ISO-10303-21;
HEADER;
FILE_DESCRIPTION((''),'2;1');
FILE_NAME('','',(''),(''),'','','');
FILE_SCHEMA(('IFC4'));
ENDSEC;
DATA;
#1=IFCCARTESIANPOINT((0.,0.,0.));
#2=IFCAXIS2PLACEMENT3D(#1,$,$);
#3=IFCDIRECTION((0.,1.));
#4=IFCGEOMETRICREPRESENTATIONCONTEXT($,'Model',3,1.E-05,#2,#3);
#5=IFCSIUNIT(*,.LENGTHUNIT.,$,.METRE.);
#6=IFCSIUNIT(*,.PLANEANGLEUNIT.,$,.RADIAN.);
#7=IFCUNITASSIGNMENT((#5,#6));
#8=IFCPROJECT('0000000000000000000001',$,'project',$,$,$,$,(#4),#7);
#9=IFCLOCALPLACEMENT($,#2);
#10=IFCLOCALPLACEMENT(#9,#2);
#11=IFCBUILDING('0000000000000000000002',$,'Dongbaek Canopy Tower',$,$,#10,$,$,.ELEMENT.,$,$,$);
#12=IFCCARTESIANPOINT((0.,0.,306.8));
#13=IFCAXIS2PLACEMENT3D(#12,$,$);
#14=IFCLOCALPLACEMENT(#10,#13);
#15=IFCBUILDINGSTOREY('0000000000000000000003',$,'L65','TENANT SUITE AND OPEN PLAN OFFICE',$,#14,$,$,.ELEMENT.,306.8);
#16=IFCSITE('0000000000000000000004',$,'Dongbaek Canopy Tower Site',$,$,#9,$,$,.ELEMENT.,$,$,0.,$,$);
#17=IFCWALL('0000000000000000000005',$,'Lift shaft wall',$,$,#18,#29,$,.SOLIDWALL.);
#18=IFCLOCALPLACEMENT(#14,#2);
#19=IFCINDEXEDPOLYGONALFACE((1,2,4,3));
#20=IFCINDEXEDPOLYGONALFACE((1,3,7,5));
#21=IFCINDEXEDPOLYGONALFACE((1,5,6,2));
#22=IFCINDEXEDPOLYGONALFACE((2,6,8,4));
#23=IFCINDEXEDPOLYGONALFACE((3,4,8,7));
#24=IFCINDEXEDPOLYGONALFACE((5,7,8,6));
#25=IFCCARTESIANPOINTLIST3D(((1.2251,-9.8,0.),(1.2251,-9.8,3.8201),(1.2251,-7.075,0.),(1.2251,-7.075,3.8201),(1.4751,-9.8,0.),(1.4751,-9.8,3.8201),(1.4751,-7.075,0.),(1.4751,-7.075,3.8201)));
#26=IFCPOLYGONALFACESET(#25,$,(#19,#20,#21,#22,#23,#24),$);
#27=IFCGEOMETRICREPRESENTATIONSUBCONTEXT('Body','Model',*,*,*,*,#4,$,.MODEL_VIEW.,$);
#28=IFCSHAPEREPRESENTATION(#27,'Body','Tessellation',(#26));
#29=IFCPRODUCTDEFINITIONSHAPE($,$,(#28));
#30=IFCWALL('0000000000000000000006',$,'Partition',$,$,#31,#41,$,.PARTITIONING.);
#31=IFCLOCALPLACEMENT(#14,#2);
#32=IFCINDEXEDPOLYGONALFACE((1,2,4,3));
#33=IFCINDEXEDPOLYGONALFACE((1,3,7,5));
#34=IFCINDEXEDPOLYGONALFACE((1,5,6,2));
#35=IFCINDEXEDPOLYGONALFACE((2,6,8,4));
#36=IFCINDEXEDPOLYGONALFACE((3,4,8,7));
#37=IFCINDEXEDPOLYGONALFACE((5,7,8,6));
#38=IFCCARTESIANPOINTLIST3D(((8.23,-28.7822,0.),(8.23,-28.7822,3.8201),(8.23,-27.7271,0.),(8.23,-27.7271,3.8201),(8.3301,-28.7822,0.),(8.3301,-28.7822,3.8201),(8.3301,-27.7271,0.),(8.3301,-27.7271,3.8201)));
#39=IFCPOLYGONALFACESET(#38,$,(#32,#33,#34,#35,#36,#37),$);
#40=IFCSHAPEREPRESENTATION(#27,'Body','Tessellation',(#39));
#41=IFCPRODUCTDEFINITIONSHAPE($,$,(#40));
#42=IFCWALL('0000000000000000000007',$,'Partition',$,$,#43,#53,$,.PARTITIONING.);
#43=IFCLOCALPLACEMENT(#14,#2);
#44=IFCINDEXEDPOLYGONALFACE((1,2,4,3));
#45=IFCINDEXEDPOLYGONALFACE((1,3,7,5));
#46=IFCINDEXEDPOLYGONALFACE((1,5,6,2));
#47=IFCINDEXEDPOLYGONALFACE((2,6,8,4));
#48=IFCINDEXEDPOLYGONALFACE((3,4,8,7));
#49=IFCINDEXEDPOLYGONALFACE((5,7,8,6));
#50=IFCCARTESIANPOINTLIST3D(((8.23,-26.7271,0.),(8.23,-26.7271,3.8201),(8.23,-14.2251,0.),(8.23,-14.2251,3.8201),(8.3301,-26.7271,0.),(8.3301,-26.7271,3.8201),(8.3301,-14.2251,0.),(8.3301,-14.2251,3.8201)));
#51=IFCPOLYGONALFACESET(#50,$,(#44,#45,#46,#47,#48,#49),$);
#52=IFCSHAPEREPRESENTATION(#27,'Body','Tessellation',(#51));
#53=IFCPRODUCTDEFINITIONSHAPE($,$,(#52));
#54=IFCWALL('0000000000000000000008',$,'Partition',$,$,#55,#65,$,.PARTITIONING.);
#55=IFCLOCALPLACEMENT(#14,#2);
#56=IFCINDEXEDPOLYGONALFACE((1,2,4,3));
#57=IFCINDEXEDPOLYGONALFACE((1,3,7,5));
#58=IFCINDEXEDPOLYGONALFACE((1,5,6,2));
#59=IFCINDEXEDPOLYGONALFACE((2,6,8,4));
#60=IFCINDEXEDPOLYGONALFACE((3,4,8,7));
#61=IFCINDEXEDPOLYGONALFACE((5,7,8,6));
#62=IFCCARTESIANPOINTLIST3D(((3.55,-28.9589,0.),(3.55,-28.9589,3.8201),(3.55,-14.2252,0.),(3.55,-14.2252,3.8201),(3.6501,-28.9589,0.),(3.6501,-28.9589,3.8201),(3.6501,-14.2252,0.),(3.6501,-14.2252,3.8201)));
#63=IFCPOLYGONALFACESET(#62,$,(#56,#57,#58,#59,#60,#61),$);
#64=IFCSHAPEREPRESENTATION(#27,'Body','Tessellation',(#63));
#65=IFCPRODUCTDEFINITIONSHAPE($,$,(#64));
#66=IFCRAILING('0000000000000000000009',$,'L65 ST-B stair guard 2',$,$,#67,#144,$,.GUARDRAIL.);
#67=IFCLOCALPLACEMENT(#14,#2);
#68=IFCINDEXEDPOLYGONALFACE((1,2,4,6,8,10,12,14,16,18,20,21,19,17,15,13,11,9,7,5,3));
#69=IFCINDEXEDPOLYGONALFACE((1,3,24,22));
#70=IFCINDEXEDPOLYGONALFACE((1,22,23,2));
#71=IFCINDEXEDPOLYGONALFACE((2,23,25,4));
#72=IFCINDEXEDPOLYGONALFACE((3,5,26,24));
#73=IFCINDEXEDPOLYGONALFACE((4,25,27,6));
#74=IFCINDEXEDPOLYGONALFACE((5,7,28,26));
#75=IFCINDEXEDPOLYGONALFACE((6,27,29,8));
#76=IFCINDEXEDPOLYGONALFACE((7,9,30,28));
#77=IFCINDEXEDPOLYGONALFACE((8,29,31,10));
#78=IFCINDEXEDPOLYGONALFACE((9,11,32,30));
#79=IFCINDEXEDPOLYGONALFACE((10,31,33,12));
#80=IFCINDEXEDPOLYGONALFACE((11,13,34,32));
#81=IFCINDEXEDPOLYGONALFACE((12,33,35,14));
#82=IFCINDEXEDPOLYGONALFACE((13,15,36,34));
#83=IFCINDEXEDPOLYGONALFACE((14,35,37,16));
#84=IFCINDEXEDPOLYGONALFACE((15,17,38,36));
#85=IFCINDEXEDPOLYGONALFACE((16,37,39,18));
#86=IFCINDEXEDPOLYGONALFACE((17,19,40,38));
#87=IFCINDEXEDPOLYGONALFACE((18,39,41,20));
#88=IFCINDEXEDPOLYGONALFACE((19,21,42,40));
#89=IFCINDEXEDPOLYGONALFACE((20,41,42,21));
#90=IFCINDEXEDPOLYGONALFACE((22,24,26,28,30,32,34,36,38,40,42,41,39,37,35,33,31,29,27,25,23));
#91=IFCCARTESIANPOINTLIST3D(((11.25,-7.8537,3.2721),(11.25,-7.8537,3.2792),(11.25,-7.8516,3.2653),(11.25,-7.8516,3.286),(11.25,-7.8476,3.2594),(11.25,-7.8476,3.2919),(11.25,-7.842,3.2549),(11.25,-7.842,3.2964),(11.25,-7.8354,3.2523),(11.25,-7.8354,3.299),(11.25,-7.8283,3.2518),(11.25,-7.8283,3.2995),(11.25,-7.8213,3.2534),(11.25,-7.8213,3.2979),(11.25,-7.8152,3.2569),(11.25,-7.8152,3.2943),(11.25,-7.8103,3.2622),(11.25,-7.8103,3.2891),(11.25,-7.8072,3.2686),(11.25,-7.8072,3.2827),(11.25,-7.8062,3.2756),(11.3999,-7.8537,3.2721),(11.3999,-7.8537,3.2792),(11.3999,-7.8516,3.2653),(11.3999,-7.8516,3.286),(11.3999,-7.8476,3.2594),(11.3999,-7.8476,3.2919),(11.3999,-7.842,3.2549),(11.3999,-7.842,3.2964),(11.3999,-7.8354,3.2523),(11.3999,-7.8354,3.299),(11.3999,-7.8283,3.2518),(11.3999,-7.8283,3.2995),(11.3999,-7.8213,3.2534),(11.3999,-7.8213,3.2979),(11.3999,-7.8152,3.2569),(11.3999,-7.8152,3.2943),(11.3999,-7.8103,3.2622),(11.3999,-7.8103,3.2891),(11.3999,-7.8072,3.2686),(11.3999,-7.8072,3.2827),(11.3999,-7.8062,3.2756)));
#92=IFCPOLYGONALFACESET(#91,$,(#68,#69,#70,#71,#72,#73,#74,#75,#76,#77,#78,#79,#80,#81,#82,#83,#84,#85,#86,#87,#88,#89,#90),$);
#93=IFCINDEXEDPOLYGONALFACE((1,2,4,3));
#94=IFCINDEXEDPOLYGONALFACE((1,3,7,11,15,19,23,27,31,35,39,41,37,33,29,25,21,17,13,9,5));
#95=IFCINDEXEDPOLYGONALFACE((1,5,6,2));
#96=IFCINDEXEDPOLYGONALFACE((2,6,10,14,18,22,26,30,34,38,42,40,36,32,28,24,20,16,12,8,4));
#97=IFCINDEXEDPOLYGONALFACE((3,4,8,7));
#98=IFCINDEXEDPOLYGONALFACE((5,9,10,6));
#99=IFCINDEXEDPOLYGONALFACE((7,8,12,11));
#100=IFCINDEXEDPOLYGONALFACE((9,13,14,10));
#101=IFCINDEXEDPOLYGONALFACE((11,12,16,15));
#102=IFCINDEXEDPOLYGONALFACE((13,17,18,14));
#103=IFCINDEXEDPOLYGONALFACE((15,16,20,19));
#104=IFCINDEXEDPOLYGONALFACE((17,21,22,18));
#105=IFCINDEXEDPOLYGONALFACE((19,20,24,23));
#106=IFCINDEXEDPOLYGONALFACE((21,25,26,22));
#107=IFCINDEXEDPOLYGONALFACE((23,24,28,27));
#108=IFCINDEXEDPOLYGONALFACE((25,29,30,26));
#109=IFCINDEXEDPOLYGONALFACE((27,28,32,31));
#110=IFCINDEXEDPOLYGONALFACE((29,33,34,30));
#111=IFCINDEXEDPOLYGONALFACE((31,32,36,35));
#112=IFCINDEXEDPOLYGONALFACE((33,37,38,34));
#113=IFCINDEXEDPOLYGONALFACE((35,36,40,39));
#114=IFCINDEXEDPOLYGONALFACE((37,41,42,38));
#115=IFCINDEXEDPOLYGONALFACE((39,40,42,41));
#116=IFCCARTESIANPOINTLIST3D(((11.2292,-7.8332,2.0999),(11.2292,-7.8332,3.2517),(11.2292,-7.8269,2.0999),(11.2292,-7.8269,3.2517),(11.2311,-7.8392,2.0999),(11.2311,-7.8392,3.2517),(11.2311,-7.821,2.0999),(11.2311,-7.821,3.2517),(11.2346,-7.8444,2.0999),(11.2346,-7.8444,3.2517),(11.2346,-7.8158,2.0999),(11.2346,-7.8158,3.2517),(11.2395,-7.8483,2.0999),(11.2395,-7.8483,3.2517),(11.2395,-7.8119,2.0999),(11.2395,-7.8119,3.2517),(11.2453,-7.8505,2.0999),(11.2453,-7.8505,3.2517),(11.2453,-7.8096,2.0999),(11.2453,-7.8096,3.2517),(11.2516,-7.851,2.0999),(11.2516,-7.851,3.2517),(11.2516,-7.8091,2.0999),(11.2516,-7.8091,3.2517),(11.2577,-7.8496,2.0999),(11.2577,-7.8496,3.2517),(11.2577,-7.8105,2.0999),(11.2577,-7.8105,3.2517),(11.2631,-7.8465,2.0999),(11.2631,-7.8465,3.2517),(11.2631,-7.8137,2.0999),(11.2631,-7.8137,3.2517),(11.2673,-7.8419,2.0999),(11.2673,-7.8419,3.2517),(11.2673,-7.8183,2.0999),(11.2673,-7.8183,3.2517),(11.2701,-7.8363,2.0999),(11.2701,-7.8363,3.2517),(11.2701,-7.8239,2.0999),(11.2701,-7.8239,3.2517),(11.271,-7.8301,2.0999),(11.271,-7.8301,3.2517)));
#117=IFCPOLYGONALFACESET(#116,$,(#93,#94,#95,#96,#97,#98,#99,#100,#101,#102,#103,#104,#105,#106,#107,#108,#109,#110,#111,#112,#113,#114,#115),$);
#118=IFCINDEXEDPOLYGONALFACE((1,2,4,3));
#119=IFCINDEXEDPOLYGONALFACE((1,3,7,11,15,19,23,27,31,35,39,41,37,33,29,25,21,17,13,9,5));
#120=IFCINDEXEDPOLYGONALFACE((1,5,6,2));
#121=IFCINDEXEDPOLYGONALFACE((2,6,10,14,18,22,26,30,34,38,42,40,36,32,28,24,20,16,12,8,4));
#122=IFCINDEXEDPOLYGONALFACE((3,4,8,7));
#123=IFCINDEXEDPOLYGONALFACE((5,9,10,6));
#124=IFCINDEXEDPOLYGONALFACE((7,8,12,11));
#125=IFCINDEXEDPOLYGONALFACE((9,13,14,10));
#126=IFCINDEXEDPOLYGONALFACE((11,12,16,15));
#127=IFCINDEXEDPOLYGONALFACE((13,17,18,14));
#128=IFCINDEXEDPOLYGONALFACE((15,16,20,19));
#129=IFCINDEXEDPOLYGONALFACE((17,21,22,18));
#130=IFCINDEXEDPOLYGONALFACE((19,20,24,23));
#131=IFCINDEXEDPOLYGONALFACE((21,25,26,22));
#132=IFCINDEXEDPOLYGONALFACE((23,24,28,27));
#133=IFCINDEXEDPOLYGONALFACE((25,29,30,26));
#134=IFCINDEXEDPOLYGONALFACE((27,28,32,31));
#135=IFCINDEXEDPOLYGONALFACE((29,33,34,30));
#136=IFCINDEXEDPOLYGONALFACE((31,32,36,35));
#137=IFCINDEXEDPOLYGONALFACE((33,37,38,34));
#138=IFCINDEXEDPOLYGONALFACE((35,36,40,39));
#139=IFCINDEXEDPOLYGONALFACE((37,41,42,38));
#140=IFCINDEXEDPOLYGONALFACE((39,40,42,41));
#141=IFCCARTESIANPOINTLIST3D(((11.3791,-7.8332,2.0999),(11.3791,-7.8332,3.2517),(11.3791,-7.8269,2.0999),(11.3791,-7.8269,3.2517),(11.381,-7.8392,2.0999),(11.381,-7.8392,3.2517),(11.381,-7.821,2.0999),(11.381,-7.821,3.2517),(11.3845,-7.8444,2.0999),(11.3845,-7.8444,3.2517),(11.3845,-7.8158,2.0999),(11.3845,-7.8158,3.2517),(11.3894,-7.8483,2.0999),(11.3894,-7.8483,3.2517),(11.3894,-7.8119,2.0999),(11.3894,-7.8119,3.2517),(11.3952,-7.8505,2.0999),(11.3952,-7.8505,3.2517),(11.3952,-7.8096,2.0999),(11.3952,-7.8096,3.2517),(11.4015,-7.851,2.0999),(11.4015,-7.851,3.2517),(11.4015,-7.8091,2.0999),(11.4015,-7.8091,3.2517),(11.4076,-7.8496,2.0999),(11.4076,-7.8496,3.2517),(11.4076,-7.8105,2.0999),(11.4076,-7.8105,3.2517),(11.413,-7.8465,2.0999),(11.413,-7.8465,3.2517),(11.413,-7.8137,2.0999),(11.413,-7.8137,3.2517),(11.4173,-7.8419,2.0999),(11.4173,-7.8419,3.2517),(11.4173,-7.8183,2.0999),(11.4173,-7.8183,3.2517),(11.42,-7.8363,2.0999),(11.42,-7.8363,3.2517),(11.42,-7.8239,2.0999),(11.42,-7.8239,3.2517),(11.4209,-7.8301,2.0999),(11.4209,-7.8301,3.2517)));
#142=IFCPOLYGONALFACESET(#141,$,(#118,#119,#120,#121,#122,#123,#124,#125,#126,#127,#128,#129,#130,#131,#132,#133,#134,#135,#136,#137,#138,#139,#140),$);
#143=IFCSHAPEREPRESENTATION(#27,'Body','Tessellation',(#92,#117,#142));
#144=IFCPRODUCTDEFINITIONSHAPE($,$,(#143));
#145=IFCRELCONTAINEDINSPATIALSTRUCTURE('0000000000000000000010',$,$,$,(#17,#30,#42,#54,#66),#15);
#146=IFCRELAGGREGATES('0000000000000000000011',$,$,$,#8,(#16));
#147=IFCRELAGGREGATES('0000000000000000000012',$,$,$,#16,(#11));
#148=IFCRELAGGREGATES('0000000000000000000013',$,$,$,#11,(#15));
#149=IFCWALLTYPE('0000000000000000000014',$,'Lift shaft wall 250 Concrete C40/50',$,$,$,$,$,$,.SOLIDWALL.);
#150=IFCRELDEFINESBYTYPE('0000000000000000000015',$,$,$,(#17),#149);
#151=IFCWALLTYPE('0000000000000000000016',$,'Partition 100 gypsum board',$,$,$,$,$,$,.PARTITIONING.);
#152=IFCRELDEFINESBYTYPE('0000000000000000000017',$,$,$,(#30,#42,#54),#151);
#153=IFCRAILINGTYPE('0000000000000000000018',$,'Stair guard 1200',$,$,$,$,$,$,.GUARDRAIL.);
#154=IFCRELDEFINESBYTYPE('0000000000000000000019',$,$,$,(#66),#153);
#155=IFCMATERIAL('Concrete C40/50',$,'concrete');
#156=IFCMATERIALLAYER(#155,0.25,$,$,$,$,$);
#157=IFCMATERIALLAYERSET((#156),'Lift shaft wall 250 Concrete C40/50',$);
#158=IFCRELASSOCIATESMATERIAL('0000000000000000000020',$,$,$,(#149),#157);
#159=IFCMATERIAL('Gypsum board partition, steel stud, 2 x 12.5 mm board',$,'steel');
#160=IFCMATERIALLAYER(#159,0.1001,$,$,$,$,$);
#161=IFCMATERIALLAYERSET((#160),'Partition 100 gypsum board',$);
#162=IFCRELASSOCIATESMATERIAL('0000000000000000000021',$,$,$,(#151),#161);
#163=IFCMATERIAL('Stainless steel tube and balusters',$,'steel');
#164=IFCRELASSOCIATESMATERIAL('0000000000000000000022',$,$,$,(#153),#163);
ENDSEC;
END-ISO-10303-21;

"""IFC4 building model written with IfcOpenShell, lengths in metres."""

from ifc_helpers import new_model, si_unit, direction, frame, frame_2d, origin, origin_2d, place, context, subcontext, project, spatial, rectangle, circle, extrude, material, layer, layer_set, type_object, element, save


model = new_model("IFC4")

# Units and contexts
model_context = context("Model", 3, precision=1e-05, world=origin(), true_north=direction((0.0, 1.0)))
body_context = subcontext(model_context, "Body", "Model", "MODEL_VIEW")
ifc_project = project(units=[si_unit("LENGTHUNIT", "METRE"), si_unit("PLANEANGLEUNIT", "RADIAN")], contexts=[model_context])

# Site, building, storey
site_placement = place(None, origin())
site = spatial("IfcSite", under=ifc_project, at=site_placement, Name="Dongbaek Canopy Tower Site", CompositionType="ELEMENT", RefElevation=0.0)
building_placement = place(site_placement, origin())
building = spatial("IfcBuilding", under=site, at=building_placement, Name="Dongbaek Canopy Tower", CompositionType="ELEMENT")
storey_placement = place(building_placement, frame((0.0, 0.0, 306.8)))
storey = spatial("IfcBuildingStorey", under=building, at=storey_placement, Name="L65", Description="TENANT SUITE AND OPEN PLAN OFFICE", CompositionType="ELEMENT", Elevation=306.8)

# Walls
ifc_material_1 = material(Name="Concrete C40/50", Category="concrete")
ifc_layer_1 = layer(ifc_material_1, 0.25)
ifc_layer_set_1 = layer_set([ifc_layer_1], Name="Lift shaft wall 250 Concrete C40/50")
wall_type_1 = type_object("IfcWallType", Name="Lift shaft wall 250 Concrete C40/50", PredefinedType="SOLIDWALL", material=ifc_layer_set_1)
wall_1_placement = place(storey_placement, frame((1.3501, -9.8, 0.0), z_axis=(0.0, 0.0, 1.0), x_axis=(0.0, 1.0, 0.0)))
element("IfcWall", 1, at=wall_1_placement, inside=storey, type_object=wall_type_1, Name="Lift shaft wall", PredefinedType="SOLIDWALL", context=body_context, shape_type="SweptSolid", body=[
    extrude(rectangle(XDim=2.7251, YDim=0.25, at=frame_2d((1.3625, 0.0))), origin(), (0.0, 0.0, 1.0), 3.8201),
])
ifc_material_2 = material(Name="Gypsum board partition, steel stud, 2 x 12.5 mm board", Category="steel")
ifc_layer_2 = layer(ifc_material_2, 0.1001)
ifc_layer_set_2 = layer_set([ifc_layer_2], Name="Partition 100 gypsum board")
wall_type_2 = type_object("IfcWallType", Name="Partition 100 gypsum board", PredefinedType="PARTITIONING", material=ifc_layer_set_2)
wall_2_placement = place(storey_placement, frame((8.28, -28.7822, 0.0), z_axis=(0.0, 0.0, 1.0), x_axis=(0.0, 1.0, 0.0)))
element("IfcWall", 2, at=wall_2_placement, inside=storey, type_object=wall_type_2, Name="Partition", PredefinedType="PARTITIONING", context=body_context, shape_type="SweptSolid", body=[
    extrude(rectangle(XDim=1.0552, YDim=0.1001, at=frame_2d((0.5276, 0.0))), origin(), (0.0, 0.0, 1.0), 3.8201),
])
wall_3_placement = place(storey_placement, frame((8.28, -26.7271, 0.0), z_axis=(0.0, 0.0, 1.0), x_axis=(0.0, 1.0, 0.0)))
element("IfcWall", 3, at=wall_3_placement, inside=storey, type_object=wall_type_2, Name="Partition", PredefinedType="PARTITIONING", context=body_context, shape_type="SweptSolid", body=[
    extrude(rectangle(XDim=12.502, YDim=0.1001, at=frame_2d((6.251, 0.0))), origin(), (0.0, 0.0, 1.0), 3.8201),
])
wall_4_placement = place(storey_placement, frame((3.6001, -28.9587, 0.0), z_axis=(0.0, 0.0, 1.0), x_axis=(0.0, 1.0, 0.0)))
element("IfcWall", 4, at=wall_4_placement, inside=storey, type_object=wall_type_2, Name="Partition", PredefinedType="PARTITIONING", context=body_context, shape_type="SweptSolid", body=[
    extrude(rectangle(XDim=14.7336, YDim=0.1001, at=frame_2d((7.3667, 0.0))), origin(), (0.0, 0.0, 1.0), 3.8201),
])

# Railing
ifc_material_3 = material(Name="Stainless steel tube and balusters", Category="steel")
railing_type_1 = type_object("IfcRailingType", Name="Stair guard 1200", PredefinedType="GUARDRAIL", material=ifc_material_3)
railing_1_placement = place(storey_placement, frame((11.25, -7.8301, 2.0999)))
element("IfcRailing", 5, at=railing_1_placement, inside=storey, type_object=railing_type_1, Name="L65 ST-B stair guard 2", PredefinedType="GUARDRAIL", context=body_context, shape_type="SweptSolid", body=[
    extrude(circle(Radius=0.0239, at=origin_2d()), frame((0.0, 0.0, 1.1758), z_axis=(1.0, 0.0, 0.0), x_axis=(0.0, 1.0, 0.0)), (0.0, 0.0, 1.0), 0.1499),
    extrude(circle(Radius=0.021, at=origin_2d()), origin(), (0.0, 0.0, 1.0), 1.1519),
    extrude(circle(Radius=0.021, at=origin_2d()), frame((0.1499, 0.0, 0.0)), (0.0, 0.0, 1.0), 1.1519),
])

save(model, "model.ifc")
